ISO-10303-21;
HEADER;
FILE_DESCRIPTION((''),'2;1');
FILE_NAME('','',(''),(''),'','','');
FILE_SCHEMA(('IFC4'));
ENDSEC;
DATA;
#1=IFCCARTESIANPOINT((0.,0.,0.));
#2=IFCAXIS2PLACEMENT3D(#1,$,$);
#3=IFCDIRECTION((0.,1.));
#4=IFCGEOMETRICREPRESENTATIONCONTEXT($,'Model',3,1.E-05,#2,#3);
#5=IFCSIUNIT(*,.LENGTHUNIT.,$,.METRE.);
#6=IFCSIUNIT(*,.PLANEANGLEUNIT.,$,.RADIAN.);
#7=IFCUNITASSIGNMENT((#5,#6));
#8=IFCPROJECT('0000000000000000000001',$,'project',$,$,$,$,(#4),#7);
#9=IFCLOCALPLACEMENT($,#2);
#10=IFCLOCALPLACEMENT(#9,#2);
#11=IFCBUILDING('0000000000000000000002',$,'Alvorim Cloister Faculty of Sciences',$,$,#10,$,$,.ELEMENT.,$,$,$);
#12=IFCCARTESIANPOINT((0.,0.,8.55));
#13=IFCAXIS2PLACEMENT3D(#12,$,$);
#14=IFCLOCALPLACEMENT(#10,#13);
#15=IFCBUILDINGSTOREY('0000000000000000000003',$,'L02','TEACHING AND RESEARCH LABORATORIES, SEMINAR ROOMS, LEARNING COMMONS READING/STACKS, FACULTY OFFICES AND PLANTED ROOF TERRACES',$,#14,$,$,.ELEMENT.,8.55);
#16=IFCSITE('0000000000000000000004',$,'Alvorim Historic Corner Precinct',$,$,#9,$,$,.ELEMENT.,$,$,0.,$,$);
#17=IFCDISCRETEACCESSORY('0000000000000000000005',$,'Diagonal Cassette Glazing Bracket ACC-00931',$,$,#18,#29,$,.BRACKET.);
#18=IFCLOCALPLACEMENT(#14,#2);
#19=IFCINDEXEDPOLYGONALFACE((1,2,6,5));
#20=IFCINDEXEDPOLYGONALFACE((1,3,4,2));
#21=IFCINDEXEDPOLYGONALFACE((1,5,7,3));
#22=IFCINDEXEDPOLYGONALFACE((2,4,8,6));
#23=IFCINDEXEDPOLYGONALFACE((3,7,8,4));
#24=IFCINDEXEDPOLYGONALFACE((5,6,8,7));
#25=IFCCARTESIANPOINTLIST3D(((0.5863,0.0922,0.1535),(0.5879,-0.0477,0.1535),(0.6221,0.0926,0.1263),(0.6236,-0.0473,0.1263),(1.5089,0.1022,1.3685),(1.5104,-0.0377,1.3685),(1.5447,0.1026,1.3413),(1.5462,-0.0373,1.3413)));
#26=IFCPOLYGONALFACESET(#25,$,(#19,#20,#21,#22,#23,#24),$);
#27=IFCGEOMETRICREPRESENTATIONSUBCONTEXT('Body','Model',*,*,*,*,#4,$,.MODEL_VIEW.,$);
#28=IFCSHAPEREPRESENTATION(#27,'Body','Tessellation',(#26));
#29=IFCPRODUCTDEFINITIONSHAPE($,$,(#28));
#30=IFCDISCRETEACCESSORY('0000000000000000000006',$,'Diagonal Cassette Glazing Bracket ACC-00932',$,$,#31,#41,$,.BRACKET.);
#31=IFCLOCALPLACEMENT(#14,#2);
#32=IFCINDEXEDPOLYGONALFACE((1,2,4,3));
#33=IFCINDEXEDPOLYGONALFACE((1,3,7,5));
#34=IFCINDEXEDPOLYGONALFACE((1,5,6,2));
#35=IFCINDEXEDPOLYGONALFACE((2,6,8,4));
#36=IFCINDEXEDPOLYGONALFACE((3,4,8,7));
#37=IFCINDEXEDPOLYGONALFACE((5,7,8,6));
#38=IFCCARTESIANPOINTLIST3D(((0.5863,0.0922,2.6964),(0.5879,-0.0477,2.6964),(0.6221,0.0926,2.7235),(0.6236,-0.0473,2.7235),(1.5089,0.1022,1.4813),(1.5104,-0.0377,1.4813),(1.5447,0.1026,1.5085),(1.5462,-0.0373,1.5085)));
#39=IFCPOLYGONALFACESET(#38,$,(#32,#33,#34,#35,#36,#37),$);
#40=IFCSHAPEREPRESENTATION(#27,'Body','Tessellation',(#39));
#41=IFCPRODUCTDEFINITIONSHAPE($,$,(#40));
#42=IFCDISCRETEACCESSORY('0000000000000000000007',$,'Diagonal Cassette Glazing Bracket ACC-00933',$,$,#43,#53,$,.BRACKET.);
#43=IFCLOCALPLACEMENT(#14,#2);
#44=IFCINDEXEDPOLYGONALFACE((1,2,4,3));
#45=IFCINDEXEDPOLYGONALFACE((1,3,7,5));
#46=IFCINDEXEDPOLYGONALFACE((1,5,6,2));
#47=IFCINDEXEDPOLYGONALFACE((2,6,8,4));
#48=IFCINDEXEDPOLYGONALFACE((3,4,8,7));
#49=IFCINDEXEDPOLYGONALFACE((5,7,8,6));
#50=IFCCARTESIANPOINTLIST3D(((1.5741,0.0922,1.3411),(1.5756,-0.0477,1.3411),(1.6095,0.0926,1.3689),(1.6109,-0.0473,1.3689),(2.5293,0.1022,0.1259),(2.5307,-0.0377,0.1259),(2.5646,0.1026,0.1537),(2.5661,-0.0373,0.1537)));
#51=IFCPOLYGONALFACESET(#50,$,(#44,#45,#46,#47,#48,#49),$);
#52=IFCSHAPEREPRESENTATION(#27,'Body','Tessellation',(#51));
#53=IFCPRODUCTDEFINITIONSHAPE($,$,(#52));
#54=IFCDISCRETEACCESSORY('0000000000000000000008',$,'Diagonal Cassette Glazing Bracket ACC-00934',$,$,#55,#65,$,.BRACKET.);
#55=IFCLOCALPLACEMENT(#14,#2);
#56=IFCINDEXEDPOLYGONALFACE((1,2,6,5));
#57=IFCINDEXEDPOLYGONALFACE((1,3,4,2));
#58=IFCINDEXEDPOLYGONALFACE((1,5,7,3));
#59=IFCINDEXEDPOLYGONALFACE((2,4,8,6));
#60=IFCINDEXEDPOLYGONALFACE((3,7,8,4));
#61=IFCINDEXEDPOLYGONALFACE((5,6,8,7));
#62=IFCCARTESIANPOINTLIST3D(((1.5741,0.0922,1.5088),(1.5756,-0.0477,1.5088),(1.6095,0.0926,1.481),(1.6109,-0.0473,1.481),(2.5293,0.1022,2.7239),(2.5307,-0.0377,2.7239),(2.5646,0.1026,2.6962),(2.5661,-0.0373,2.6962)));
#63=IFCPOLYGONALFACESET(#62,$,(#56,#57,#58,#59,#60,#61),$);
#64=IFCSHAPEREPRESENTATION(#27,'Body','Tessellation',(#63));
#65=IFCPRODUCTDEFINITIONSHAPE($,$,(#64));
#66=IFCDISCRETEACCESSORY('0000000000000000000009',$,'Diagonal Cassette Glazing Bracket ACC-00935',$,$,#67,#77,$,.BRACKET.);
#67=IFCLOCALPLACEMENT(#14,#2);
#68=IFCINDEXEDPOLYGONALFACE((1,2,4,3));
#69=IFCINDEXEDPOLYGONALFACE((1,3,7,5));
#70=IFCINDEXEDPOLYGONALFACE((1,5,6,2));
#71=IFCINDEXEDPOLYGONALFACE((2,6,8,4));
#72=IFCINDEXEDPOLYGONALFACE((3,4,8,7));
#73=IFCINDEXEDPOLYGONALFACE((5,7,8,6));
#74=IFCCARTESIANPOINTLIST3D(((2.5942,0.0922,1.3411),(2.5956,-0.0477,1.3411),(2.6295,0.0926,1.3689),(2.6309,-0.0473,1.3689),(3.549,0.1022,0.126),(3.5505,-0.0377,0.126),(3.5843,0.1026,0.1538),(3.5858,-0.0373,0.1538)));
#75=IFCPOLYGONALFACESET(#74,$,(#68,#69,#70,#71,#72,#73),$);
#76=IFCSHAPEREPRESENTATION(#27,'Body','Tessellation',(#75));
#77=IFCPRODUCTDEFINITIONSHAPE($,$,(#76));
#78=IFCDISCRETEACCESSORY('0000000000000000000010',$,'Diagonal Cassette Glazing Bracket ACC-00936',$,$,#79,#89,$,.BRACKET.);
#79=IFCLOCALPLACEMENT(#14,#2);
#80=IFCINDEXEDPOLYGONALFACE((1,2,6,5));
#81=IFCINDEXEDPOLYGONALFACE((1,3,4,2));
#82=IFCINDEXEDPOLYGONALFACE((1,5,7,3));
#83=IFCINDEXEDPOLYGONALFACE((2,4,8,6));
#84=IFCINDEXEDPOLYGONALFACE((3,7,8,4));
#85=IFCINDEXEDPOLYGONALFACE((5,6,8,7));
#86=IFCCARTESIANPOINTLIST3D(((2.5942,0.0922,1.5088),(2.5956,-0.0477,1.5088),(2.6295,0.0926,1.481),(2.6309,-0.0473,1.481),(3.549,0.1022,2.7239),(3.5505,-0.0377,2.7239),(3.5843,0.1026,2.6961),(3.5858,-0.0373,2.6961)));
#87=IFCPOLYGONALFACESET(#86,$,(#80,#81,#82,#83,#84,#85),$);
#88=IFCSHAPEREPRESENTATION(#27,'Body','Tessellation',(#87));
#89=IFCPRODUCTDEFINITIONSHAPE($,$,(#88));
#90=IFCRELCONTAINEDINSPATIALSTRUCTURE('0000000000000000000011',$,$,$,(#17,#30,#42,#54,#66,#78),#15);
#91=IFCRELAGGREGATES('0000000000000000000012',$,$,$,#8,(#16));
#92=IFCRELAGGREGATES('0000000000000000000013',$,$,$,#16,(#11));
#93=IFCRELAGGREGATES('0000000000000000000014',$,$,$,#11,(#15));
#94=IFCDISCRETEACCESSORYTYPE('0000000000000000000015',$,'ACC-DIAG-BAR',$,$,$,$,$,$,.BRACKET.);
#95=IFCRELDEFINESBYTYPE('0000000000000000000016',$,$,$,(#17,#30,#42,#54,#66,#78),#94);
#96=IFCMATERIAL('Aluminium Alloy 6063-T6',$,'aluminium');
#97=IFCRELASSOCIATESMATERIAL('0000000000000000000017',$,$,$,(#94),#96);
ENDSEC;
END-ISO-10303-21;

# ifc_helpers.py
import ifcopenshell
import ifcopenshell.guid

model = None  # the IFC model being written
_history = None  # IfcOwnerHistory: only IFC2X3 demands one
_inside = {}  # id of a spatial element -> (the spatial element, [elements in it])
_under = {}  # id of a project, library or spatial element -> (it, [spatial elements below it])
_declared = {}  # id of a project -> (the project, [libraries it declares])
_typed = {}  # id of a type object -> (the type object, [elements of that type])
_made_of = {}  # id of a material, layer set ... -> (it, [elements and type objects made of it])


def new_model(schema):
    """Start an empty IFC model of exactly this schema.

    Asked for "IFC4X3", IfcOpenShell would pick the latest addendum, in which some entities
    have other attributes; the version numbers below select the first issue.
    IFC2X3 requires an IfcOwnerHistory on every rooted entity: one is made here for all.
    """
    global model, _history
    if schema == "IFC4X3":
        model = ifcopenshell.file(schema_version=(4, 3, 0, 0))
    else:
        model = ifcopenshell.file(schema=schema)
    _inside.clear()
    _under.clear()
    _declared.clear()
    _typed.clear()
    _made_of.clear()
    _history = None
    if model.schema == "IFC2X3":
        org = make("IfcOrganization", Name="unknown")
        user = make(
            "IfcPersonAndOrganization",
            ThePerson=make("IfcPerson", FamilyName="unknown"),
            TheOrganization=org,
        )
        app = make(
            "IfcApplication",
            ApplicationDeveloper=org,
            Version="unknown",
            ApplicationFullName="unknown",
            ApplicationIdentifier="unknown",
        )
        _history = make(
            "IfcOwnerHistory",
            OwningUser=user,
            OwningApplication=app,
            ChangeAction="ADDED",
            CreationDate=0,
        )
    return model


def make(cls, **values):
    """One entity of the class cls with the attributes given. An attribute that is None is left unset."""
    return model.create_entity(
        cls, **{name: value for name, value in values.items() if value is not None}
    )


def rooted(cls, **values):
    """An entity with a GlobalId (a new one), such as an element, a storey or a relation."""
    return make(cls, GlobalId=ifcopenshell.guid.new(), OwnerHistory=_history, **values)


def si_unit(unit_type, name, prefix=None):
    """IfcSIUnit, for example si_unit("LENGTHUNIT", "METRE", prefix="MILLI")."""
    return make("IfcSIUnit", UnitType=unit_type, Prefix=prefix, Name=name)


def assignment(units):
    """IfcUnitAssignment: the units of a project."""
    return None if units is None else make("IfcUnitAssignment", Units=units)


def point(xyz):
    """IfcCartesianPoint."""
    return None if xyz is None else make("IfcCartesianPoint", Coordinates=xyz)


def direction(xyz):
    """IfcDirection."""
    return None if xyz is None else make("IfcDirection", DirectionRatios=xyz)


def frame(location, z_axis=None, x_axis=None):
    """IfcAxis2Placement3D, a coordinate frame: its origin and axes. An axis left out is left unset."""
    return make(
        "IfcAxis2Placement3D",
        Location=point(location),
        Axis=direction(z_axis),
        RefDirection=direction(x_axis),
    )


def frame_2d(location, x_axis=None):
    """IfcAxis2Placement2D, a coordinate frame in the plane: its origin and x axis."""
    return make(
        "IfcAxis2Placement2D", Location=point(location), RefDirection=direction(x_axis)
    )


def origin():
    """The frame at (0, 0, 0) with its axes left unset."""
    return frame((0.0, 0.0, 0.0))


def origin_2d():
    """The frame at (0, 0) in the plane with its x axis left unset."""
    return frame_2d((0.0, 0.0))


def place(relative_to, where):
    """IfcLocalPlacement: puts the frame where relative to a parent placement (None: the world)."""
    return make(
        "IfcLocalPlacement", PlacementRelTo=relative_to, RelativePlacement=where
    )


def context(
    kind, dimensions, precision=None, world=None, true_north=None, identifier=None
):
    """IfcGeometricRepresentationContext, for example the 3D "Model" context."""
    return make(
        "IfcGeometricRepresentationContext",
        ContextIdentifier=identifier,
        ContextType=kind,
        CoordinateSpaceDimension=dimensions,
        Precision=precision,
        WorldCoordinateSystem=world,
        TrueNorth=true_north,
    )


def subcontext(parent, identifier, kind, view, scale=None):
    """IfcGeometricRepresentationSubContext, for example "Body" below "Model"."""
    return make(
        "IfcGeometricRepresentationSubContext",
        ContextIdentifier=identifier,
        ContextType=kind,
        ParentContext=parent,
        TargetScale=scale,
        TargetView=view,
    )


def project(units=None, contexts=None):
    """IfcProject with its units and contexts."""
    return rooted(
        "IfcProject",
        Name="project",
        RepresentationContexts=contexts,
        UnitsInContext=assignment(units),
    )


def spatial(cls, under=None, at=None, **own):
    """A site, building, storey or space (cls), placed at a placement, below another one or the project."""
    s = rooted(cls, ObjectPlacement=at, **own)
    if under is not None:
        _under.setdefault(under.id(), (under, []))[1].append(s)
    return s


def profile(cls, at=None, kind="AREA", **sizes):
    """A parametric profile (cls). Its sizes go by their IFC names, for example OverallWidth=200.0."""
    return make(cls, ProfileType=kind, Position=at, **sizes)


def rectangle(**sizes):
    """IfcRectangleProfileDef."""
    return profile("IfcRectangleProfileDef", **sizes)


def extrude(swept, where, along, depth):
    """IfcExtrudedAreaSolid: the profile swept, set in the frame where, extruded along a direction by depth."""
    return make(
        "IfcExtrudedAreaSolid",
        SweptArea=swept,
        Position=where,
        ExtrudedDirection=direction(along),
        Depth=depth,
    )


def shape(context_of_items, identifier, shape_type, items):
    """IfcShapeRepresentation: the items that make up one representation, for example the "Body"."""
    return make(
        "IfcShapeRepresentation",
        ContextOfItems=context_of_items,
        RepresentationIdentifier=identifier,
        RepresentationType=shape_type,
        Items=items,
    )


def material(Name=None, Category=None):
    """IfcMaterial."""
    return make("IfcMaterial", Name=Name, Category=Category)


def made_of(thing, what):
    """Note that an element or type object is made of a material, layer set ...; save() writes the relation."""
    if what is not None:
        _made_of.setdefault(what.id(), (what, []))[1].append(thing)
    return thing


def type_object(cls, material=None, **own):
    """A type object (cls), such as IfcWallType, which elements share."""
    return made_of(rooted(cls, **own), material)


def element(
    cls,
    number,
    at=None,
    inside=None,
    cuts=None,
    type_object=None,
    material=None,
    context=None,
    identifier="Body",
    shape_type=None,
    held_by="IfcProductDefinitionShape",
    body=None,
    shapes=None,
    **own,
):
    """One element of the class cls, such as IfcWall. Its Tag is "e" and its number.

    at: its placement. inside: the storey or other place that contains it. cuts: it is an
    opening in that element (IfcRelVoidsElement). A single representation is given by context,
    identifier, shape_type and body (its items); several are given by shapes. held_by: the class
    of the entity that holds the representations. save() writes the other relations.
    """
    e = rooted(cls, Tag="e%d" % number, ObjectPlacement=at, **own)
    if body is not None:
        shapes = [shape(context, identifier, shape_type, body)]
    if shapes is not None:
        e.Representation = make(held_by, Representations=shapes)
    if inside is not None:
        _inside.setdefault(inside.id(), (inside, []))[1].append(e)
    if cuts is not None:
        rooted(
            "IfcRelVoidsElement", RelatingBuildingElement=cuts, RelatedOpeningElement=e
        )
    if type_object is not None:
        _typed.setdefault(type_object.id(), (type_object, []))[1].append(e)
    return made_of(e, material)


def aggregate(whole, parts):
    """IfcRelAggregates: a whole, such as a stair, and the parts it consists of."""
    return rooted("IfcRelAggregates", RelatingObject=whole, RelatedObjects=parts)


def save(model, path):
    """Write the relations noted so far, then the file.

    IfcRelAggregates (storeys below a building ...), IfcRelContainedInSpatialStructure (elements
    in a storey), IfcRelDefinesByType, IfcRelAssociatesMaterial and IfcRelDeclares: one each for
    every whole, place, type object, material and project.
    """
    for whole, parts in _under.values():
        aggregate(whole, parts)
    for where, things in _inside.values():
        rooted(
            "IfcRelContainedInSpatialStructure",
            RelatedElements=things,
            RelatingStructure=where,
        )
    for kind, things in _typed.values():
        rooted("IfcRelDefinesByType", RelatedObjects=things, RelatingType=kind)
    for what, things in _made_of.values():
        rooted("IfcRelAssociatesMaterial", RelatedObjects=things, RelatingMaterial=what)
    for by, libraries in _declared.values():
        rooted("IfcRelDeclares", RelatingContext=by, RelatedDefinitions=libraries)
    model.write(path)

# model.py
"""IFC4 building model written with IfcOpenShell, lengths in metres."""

from ifc_helpers import new_model, si_unit, direction, frame, origin, origin_2d, place, context, subcontext, project, spatial, rectangle, extrude, material, type_object, element, save


model = new_model("IFC4")

# Units and contexts
model_context = context("Model", 3, precision=1e-05, world=origin(), true_north=direction((0.0, 1.0)))
body_context = subcontext(model_context, "Body", "Model", "MODEL_VIEW")
ifc_project = project(units=[si_unit("LENGTHUNIT", "METRE"), si_unit("PLANEANGLEUNIT", "RADIAN")], contexts=[model_context])

# Site, building, storey
site_placement = place(None, origin())
site = spatial("IfcSite", under=ifc_project, at=site_placement, Name="Alvorim Historic Corner Precinct", CompositionType="ELEMENT", RefElevation=0.0)
building_placement = place(site_placement, origin())
building = spatial("IfcBuilding", under=site, at=building_placement, Name="Alvorim Cloister Faculty of Sciences", CompositionType="ELEMENT")
storey_placement = place(building_placement, frame((0.0, 0.0, 8.55)))
storey = spatial("IfcBuildingStorey", under=building, at=storey_placement, Name="L02", Description="TEACHING AND RESEARCH LABORATORIES, SEMINAR ROOMS, LEARNING COMMONS READING/STACKS, FACULTY OFFICES AND PLANTED ROOF TERRACES", CompositionType="ELEMENT", Elevation=8.55)

# Shared definitions
ifc_material_1 = material(Name="Aluminium Alloy 6063-T6", Category="aluminium")

# Discrete accessories
discrete_accessory_type = type_object("IfcDiscreteAccessoryType", Name="ACC-DIAG-BAR", PredefinedType="BRACKET", material=ifc_material_1)
for number, where, z_axis, x_axis, name in (
    (1, (0.605, 0.0225, 0.1399), (0.604713, 0.006561, 0.796416), (-0.010849, 0.999941, 0.0), "Diagonal Cassette Glazing Bracket ACC-00931"),
    (2, (0.605, 0.0225, 2.71), (0.604713, 0.006561, -0.796416), (-0.010849, 0.999941, 0.0), "Diagonal Cassette Glazing Bracket ACC-00932"),
):
    element("IfcDiscreteAccessory", number, at=place(storey_placement, frame(where, z_axis=z_axis, x_axis=x_axis)), inside=storey, type_object=discrete_accessory_type, Name=name, PredefinedType="BRACKET", context=body_context, shape_type="SweptSolid", body=[
        extrude(rectangle(XDim=0.1399, YDim=0.0449, at=origin_2d()), origin(), (0.0, 0.0, 1.0), 1.5256),
    ])
for number, where, z_axis, x_axis, name in (
    (3, (1.5925, 0.0225, 1.355), (0.617955, 0.006477, -0.786187), (-0.01048, 0.999945, 0.0), "Diagonal Cassette Glazing Bracket ACC-00933"),
    (4, (1.5925, 0.0225, 1.4949), (0.617955, 0.006477, 0.786187), (-0.01048, 0.999945, 0.0), "Diagonal Cassette Glazing Bracket ACC-00934"),
):
    element("IfcDiscreteAccessory", number, at=place(storey_placement, frame(where, z_axis=z_axis, x_axis=x_axis)), inside=storey, type_object=discrete_accessory_type, Name=name, PredefinedType="BRACKET", context=body_context, shape_type="SweptSolid", body=[
        extrude(rectangle(XDim=0.1399, YDim=0.0449, at=origin_2d()), origin(), (0.0, 0.0, 1.0), 1.5457),
    ])
for number, where, z_axis, x_axis, name in (
    (5, (2.6125, 0.0225, 1.355), (0.617857, 0.006477, -0.786263), (-0.010483, 0.999945, 0.0), "Diagonal Cassette Glazing Bracket ACC-00935"),
    (6, (2.6125, 0.0225, 1.4949), (0.617857, 0.006477, 0.786263), (-0.010483, 0.999945, 0.0), "Diagonal Cassette Glazing Bracket ACC-00936"),
):
    element("IfcDiscreteAccessory", number, at=place(storey_placement, frame(where, z_axis=z_axis, x_axis=x_axis)), inside=storey, type_object=discrete_accessory_type, Name=name, PredefinedType="BRACKET", context=body_context, shape_type="SweptSolid", body=[
        extrude(rectangle(XDim=0.1399, YDim=0.0449, at=origin_2d()), origin(), (0.0, 0.0, 1.0), 1.5454),
    ])

save(model, "model.ifc")
